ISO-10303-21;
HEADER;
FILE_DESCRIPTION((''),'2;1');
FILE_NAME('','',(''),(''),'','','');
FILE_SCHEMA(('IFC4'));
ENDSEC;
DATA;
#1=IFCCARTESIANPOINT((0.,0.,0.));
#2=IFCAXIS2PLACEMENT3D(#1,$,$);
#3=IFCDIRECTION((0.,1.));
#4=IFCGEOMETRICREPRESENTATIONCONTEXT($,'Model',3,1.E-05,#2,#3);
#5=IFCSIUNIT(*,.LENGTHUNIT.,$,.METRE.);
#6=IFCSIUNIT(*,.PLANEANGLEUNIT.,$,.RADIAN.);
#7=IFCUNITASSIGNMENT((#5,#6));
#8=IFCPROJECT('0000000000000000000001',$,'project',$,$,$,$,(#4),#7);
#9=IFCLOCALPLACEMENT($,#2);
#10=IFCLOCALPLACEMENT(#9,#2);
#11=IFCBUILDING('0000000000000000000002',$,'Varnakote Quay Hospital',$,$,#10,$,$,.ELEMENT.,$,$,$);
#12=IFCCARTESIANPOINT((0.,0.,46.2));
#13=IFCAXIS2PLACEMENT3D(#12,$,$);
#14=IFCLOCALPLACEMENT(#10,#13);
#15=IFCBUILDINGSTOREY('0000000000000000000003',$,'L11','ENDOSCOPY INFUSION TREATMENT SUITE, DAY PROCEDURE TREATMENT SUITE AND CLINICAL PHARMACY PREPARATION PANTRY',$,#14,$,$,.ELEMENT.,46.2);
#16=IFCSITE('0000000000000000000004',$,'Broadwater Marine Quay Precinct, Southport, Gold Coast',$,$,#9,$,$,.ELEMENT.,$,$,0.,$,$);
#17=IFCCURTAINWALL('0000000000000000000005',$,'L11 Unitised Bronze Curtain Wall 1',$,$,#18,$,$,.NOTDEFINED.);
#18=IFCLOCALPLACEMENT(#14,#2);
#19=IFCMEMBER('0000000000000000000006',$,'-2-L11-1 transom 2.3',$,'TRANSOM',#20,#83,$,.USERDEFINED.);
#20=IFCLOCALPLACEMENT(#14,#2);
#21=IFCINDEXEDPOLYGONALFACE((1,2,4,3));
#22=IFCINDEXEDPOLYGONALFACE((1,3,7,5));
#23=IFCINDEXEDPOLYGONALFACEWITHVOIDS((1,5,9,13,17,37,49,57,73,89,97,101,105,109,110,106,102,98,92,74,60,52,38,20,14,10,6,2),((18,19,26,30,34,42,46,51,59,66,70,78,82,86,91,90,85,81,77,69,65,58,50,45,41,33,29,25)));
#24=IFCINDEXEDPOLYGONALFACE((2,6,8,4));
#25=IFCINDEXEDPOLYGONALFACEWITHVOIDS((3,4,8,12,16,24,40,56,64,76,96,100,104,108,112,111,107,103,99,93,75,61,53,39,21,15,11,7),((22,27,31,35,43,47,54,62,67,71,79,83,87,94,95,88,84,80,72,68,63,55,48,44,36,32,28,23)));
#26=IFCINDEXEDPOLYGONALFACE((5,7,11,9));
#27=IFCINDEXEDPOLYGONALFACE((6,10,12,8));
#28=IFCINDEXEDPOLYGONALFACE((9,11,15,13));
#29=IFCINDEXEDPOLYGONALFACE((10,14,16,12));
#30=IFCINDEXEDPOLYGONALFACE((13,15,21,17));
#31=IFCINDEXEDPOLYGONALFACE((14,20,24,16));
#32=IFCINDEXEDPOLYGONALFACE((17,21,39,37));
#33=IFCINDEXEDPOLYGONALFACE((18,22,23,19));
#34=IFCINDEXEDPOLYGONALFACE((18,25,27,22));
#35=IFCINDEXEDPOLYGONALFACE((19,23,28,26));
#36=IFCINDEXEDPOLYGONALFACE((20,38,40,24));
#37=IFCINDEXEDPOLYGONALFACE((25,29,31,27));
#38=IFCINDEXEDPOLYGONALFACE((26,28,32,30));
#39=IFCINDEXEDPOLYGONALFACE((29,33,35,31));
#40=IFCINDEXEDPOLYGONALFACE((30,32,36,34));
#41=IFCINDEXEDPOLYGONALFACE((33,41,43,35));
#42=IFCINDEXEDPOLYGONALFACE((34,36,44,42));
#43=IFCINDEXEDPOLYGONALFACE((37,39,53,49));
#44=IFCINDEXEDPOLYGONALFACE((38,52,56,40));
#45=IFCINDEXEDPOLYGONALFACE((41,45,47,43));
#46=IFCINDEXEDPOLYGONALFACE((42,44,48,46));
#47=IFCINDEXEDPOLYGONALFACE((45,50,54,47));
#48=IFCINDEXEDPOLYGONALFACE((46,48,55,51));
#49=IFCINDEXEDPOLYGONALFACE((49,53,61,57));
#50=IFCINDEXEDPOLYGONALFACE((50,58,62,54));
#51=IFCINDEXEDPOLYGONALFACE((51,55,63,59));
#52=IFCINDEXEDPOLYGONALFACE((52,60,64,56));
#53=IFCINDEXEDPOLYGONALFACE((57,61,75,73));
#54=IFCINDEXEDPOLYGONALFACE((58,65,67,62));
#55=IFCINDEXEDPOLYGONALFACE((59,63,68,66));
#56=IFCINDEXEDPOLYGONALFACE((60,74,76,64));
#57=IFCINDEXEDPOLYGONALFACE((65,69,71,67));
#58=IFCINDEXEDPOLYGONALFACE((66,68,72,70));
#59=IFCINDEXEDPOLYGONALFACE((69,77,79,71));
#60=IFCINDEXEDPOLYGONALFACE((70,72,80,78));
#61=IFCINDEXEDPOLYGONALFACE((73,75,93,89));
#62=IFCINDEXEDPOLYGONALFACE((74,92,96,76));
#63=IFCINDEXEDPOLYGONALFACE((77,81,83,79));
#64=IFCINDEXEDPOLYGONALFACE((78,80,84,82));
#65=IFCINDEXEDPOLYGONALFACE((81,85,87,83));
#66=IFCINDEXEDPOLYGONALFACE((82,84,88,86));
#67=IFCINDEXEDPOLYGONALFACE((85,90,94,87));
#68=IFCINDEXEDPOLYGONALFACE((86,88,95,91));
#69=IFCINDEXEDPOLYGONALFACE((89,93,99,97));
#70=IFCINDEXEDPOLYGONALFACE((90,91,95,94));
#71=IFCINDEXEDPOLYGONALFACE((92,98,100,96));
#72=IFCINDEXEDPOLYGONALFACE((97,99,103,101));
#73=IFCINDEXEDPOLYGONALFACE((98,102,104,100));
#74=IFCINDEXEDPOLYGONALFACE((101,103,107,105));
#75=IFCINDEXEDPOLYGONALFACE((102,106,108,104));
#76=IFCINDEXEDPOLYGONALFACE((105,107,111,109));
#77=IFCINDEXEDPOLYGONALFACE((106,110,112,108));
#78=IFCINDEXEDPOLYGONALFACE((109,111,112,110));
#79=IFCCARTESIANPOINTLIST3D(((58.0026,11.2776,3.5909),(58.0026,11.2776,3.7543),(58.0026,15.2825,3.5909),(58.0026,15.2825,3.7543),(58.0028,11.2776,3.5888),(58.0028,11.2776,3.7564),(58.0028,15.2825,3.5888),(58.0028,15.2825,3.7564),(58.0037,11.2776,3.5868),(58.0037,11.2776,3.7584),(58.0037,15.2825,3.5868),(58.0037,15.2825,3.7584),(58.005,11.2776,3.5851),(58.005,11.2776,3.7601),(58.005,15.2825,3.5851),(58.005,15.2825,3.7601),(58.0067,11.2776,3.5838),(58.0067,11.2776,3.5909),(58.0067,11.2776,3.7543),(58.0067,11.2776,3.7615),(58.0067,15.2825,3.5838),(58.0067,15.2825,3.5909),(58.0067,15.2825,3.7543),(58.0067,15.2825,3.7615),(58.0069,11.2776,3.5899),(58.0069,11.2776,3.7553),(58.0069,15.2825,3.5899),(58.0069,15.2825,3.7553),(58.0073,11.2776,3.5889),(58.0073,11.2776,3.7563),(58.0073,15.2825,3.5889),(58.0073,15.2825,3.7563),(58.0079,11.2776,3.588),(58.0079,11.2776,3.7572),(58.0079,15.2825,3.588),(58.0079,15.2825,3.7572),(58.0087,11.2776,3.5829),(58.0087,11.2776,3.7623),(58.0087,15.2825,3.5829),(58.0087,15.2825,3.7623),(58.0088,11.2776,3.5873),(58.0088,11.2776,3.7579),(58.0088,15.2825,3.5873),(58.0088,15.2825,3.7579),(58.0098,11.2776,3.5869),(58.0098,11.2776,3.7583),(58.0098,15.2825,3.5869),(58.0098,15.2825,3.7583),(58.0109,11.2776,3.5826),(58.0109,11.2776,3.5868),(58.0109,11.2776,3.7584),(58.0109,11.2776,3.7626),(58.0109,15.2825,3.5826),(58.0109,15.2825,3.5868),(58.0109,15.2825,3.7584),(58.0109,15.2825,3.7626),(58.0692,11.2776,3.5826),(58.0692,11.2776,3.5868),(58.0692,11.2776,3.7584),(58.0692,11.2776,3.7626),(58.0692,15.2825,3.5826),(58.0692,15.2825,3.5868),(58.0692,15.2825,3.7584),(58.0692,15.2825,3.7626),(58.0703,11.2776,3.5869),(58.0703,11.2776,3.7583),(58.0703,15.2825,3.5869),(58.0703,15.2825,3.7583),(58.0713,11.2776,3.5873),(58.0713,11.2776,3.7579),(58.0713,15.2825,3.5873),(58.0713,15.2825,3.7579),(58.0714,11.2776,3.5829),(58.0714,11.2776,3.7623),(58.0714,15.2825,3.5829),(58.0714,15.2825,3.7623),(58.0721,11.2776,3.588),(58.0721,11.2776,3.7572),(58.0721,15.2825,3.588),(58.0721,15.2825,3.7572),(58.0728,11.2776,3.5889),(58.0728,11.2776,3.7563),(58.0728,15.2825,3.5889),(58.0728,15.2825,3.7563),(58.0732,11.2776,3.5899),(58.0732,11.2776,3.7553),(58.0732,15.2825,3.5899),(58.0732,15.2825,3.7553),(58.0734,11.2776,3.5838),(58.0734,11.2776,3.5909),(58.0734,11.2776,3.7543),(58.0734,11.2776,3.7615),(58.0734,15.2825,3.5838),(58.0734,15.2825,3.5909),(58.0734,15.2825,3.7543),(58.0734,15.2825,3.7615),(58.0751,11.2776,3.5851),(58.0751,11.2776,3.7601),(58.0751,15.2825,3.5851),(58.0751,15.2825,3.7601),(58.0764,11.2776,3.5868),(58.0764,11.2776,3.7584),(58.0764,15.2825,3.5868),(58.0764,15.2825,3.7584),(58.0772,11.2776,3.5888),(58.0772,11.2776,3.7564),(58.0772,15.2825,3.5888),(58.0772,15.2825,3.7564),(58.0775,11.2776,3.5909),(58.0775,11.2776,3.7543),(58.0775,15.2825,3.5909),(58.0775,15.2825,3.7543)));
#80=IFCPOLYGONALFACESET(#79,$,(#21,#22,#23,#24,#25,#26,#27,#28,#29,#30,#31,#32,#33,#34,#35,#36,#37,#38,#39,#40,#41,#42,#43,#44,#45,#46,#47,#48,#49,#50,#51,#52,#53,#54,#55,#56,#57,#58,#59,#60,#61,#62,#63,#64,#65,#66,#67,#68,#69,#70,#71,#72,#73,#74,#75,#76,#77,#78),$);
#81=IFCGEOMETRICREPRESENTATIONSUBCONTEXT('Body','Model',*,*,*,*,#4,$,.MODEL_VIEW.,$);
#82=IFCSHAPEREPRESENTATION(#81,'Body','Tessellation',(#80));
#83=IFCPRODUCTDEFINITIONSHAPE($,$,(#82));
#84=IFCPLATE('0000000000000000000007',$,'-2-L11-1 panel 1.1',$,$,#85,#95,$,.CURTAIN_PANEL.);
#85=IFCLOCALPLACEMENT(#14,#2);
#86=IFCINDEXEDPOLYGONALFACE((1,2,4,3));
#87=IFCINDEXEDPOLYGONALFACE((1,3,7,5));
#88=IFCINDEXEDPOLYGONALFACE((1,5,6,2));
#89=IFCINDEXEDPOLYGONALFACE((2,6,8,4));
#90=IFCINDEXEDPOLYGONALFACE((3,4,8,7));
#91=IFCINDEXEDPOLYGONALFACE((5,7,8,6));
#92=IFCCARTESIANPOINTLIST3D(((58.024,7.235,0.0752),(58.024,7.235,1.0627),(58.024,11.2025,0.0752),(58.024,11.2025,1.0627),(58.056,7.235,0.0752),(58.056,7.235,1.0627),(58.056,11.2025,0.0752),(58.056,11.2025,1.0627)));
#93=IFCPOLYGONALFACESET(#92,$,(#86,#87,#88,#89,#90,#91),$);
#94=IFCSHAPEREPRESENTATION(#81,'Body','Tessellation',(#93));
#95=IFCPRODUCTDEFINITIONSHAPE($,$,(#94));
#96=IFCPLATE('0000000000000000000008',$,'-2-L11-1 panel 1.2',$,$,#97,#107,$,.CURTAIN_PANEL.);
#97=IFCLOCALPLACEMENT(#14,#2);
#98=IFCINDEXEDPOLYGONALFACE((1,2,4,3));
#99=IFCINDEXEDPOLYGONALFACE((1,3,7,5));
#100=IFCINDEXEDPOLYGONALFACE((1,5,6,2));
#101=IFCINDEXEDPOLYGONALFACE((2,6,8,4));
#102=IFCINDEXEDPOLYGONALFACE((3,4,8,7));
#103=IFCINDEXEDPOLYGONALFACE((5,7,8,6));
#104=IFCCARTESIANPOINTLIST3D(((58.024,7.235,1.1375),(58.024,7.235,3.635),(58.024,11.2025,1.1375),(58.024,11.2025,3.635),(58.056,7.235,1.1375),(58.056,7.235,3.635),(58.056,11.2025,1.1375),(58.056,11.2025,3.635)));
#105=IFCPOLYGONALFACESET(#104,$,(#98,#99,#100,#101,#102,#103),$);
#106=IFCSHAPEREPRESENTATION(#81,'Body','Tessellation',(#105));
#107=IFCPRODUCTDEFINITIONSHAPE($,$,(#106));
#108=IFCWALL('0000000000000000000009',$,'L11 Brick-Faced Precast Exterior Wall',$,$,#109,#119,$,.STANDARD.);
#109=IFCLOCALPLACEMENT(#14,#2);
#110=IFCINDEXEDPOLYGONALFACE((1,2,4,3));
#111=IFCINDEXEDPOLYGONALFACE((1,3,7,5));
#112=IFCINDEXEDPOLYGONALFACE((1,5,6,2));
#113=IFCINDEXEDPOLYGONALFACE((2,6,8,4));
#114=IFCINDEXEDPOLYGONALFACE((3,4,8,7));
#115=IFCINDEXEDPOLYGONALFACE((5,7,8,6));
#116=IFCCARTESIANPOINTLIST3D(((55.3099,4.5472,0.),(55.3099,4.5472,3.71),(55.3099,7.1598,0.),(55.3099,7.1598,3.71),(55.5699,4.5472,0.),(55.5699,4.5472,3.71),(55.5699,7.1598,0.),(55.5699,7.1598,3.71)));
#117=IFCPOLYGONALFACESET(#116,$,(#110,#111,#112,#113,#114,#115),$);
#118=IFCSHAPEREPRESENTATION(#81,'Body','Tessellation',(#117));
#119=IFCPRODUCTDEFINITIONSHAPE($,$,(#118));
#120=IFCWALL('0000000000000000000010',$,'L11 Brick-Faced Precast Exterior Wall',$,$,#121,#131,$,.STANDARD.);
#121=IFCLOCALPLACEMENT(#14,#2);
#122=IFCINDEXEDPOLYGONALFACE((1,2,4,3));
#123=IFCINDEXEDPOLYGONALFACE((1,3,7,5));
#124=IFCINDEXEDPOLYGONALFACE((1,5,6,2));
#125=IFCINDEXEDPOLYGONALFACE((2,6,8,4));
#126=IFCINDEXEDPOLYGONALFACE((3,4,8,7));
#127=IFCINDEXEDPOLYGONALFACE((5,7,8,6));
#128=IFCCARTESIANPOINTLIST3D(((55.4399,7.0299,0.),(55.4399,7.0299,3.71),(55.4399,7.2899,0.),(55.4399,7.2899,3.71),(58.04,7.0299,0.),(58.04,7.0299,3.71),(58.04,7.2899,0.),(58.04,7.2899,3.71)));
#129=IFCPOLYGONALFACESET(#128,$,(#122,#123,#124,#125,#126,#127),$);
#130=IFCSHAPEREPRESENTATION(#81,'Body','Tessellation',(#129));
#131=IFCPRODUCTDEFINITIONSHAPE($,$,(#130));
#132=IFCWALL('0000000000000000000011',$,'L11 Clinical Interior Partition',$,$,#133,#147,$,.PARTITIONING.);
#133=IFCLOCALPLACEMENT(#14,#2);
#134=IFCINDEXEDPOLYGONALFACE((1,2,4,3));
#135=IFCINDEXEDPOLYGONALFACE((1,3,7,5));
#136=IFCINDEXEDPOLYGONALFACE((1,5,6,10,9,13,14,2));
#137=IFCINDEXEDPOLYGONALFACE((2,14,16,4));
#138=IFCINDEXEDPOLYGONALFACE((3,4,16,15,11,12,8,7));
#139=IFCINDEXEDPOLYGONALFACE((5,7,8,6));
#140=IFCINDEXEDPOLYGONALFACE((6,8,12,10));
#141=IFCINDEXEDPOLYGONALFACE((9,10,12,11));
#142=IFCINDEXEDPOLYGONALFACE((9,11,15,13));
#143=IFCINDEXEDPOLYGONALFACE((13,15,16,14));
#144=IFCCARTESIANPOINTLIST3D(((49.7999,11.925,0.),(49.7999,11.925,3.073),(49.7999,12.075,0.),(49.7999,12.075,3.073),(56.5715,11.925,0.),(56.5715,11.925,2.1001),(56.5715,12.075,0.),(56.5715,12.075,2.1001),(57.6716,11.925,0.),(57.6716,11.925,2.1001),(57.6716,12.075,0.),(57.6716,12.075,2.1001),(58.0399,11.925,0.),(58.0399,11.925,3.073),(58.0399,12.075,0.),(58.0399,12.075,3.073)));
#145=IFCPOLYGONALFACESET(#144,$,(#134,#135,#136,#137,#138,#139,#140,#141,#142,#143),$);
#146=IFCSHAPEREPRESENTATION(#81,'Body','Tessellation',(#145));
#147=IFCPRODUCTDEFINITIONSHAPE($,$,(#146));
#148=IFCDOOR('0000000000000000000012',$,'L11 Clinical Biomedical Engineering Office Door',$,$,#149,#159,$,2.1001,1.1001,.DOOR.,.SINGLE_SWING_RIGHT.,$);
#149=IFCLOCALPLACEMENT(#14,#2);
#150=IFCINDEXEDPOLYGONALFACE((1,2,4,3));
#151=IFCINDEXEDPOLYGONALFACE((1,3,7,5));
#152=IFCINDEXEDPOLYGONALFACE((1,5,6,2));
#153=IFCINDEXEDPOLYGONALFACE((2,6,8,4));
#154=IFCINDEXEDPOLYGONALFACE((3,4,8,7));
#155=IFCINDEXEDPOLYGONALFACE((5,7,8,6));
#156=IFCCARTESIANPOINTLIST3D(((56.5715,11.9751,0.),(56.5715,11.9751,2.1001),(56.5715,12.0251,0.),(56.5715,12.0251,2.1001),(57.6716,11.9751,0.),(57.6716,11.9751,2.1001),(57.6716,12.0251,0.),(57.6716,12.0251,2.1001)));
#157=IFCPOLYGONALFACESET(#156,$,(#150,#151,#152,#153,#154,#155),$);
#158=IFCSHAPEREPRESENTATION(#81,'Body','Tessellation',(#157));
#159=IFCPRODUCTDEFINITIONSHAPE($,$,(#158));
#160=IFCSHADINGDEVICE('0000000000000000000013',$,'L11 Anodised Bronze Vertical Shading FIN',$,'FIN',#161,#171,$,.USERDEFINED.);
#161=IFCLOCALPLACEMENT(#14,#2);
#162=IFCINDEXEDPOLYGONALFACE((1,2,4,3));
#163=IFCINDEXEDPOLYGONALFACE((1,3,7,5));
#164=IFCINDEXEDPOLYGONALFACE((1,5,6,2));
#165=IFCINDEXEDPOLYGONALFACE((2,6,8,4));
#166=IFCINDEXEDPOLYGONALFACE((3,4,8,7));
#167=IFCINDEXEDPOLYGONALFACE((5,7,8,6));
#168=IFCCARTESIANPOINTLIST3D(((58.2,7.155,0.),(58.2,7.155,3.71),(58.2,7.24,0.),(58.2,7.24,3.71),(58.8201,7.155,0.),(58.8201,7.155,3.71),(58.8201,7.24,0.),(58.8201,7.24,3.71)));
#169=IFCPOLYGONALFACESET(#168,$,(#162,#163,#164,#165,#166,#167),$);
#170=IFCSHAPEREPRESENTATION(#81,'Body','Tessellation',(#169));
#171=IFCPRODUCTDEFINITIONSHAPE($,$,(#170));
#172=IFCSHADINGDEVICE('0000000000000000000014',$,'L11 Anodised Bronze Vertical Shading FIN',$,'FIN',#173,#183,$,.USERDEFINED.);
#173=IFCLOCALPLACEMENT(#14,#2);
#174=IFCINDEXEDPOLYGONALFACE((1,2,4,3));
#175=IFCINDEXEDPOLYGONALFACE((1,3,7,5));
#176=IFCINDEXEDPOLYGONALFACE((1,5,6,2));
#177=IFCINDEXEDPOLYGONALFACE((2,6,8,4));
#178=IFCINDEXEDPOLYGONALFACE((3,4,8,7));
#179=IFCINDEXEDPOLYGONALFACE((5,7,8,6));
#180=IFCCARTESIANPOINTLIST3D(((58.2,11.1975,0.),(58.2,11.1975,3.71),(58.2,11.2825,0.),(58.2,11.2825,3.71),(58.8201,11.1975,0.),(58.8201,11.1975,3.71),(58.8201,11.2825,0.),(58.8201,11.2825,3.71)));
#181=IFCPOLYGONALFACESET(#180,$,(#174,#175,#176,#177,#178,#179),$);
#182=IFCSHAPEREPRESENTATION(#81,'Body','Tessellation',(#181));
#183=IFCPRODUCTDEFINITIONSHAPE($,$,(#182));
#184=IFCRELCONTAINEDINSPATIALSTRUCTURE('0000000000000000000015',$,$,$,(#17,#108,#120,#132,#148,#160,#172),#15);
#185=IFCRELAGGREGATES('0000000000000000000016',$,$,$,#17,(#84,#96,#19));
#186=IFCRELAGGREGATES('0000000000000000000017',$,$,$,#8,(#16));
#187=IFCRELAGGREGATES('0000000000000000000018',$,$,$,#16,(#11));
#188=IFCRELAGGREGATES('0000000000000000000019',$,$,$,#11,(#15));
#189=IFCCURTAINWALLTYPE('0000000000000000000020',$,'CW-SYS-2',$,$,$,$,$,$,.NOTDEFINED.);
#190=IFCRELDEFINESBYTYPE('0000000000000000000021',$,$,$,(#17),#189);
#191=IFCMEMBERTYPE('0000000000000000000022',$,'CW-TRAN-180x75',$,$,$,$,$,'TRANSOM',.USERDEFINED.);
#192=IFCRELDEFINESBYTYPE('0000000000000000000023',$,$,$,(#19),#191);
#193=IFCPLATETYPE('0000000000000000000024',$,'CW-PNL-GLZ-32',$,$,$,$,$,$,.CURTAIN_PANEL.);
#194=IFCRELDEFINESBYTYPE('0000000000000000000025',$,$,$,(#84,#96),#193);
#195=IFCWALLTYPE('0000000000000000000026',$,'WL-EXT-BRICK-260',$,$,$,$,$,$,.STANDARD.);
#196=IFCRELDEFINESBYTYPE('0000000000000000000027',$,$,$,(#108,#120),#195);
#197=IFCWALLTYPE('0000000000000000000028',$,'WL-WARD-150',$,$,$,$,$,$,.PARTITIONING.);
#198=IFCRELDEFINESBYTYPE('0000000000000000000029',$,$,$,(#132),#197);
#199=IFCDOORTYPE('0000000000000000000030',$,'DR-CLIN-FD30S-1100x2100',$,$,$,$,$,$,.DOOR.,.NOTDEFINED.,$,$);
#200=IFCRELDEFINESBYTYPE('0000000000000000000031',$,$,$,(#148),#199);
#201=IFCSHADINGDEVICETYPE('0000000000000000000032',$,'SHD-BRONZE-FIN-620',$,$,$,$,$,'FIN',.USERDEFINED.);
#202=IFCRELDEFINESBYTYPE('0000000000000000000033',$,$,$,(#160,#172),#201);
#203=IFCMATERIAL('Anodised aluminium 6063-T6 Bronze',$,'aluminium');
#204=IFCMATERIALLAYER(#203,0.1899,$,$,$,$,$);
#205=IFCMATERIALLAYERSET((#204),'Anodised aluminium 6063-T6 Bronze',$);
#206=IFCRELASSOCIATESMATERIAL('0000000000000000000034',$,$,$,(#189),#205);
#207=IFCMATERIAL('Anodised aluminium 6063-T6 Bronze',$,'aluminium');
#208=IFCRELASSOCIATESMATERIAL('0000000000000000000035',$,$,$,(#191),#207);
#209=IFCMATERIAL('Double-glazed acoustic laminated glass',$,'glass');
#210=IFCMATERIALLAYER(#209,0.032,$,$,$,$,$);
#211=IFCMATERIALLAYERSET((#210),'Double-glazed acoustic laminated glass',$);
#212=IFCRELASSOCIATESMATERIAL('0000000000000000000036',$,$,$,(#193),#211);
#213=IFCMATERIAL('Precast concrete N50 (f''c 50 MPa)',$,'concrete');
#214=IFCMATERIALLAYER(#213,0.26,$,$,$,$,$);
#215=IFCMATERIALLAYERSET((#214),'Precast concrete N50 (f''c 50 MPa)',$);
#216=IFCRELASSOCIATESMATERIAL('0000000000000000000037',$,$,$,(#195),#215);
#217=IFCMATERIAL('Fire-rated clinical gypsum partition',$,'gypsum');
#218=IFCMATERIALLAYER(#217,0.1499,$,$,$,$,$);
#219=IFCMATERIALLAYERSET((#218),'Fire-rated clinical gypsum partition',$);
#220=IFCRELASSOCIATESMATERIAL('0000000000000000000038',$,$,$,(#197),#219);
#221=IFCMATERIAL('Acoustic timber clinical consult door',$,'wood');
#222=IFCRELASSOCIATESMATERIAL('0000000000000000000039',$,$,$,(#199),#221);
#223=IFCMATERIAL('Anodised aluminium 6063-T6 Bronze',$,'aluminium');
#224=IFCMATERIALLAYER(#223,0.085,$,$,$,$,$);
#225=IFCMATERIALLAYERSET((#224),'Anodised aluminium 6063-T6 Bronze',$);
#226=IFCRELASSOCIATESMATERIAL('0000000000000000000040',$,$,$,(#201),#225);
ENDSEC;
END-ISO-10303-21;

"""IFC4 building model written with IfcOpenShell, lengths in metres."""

from ifc_helpers import new_model, si_unit, direction, frame, frame_2d, origin, origin_2d, place, context, subcontext, project, spatial, rectangle, hollow_rectangle, extrude, material, layer, layer_set, material_profile, profile_set, type_object, element, fill, aggregate, save


model = new_model("IFC4")

# Units and contexts
model_context = context("Model", 3, precision=1e-05, world=origin(), true_north=direction((0.0, 1.0)))
body_context = subcontext(model_context, "Body", "Model", "MODEL_VIEW")
ifc_project = project(units=[si_unit("LENGTHUNIT", "METRE"), si_unit("PLANEANGLEUNIT", "RADIAN")], contexts=[model_context])

# Site, building, storey
site_placement = place(None, origin())
site = spatial("IfcSite", under=ifc_project, at=site_placement, Name="Broadwater Marine Quay Precinct, Southport, Gold Coast", CompositionType="ELEMENT", RefElevation=0.0)
building_placement = place(site_placement, origin())
building = spatial("IfcBuilding", under=site, at=building_placement, Name="Varnakote Quay Hospital", CompositionType="ELEMENT")
storey_placement = place(building_placement, frame((0.0, 0.0, 46.2)))
storey = spatial("IfcBuildingStorey", under=building, at=storey_placement, Name="L11", Description="ENDOSCOPY INFUSION TREATMENT SUITE, DAY PROCEDURE TREATMENT SUITE AND CLINICAL PHARMACY PREPARATION PANTRY", CompositionType="ELEMENT", Elevation=46.2)

# Curtain wall, member, plates
ifc_material_1 = material(Name="Anodised aluminium 6063-T6 Bronze", Category="aluminium")
ifc_layer_1 = layer(ifc_material_1, 0.1899)
ifc_layer_set_1 = layer_set([ifc_layer_1], Name="Anodised aluminium 6063-T6 Bronze")
curtain_wall_type = type_object("IfcCurtainWallType", Name="CW-SYS-2", PredefinedType="NOTDEFINED", material=ifc_layer_set_1)
curtain_wall_placement = place(storey_placement, origin())
curtain_wall = element("IfcCurtainWall", 1, at=curtain_wall_placement, inside=storey, type_object=curtain_wall_type, Name="L11 Unitised Bronze Curtain Wall 1", PredefinedType="NOTDEFINED")
ifc_material_2 = material(Name="Anodised aluminium 6063-T6 Bronze", Category="aluminium")
ifc_material_profile_1 = material_profile(ifc_material_2, hollow_rectangle(XDim=0.075, YDim=0.1799, WallThickness=0.0042, InnerFilletRadius=0.0042, OuterFilletRadius=0.0083, at=origin_2d()), Name="CW-TRAN-180x75")
ifc_profile_set_1 = profile_set([ifc_material_profile_1], Name="Anodised aluminium 6063-T6 Bronze")
member_type_1 = type_object("IfcMemberType", Name="CW-TRAN-180x75", ElementType="TRANSOM", PredefinedType="USERDEFINED", material=ifc_profile_set_1)
member_1_placement = place(storey_placement, frame((58.04, 11.2776, 3.6726), z_axis=(0.0, 1.0, 0.0), x_axis=(-1.0, 0.0, 0.0)))
member_1 = element("IfcMember", 2, at=member_1_placement, type_object=member_type_1, Name="-2-L11-1 transom 2.3", ObjectType="TRANSOM", PredefinedType="USERDEFINED", context=body_context, shape_type="SweptSolid", body=[
    extrude(hollow_rectangle(XDim=0.075, YDim=0.1799, WallThickness=0.0042, InnerFilletRadius=0.0042, OuterFilletRadius=0.0083, at=origin_2d()), origin(), (0.0, 0.0, 1.0), 4.0049),
])
ifc_material_3 = material(Name="Double-glazed acoustic laminated glass", Category="glass")
ifc_layer_2 = layer(ifc_material_3, 0.032)
ifc_layer_set_2 = layer_set([ifc_layer_2], Name="Double-glazed acoustic laminated glass")
plate_type = type_object("IfcPlateType", Name="CW-PNL-GLZ-32", PredefinedType="CURTAIN_PANEL", material=ifc_layer_set_2)
plate_1_placement = place(storey_placement, frame((58.04, 9.2188, 0.0752), z_axis=(0.0, 0.0, 1.0), x_axis=(0.0, 1.0, 0.0)))
plate_1 = element("IfcPlate", 3, at=plate_1_placement, type_object=plate_type, Name="-2-L11-1 panel 1.1", PredefinedType="CURTAIN_PANEL", context=body_context, shape_type="SweptSolid", body=[
    extrude(rectangle(XDim=3.9675, YDim=0.032, at=origin_2d()), origin(), (0.0, 0.0, 1.0), 0.9875),
])
plate_2_placement = place(storey_placement, frame((58.04, 9.2188, 1.1375), z_axis=(0.0, 0.0, 1.0), x_axis=(0.0, 1.0, 0.0)))
plate_2 = element("IfcPlate", 4, at=plate_2_placement, type_object=plate_type, Name="-2-L11-1 panel 1.2", PredefinedType="CURTAIN_PANEL", context=body_context, shape_type="SweptSolid", body=[
    extrude(rectangle(XDim=3.9675, YDim=0.032, at=origin_2d()), origin(), (0.0, 0.0, 1.0), 2.4976),
])
aggregate(curtain_wall, [plate_1, plate_2, member_1])

# Walls
ifc_material_4 = material(Name="Precast concrete N50 (f'c 50 MPa)", Category="concrete")
ifc_layer_3 = layer(ifc_material_4, 0.26)
ifc_layer_set_3 = layer_set([ifc_layer_3], Name="Precast concrete N50 (f'c 50 MPa)")
wall_type_1 = type_object("IfcWallType", Name="WL-EXT-BRICK-260", PredefinedType="STANDARD", material=ifc_layer_set_3)
wall_1_placement = place(storey_placement, frame((55.4399, 4.5474, 0.0), z_axis=(0.0, 0.0, 1.0), x_axis=(0.0, 1.0, 0.0)))
element("IfcWall", 5, at=wall_1_placement, inside=storey, type_object=wall_type_1, Name="L11 Brick-Faced Precast Exterior Wall", PredefinedType="STANDARD", context=body_context, shape_type="SweptSolid", body=[
    extrude(rectangle(XDim=2.6125, YDim=0.26, at=frame_2d((1.3062, 0.0))), origin(), (0.0, 0.0, 1.0), 3.71),
])
wall_2_placement = place(storey_placement, frame((55.4399, 7.1599, 0.0), z_axis=(0.0, 0.0, 1.0), x_axis=(1.0, 0.0, 0.0)))
element("IfcWall", 6, at=wall_2_placement, inside=storey, type_object=wall_type_1, Name="L11 Brick-Faced Precast Exterior Wall", PredefinedType="STANDARD", context=body_context, shape_type="SweptSolid", body=[
    extrude(rectangle(XDim=2.6001, YDim=0.26, at=frame_2d((1.3, 0.0))), origin(), (0.0, 0.0, 1.0), 3.71),
])

# Wall, opening, door
ifc_material_5 = material(Name="Fire-rated clinical gypsum partition", Category="gypsum")
ifc_layer_4 = layer(ifc_material_5, 0.1499)
ifc_layer_set_4 = layer_set([ifc_layer_4], Name="Fire-rated clinical gypsum partition")
wall_type_2 = type_object("IfcWallType", Name="WL-WARD-150", PredefinedType="PARTITIONING", material=ifc_layer_set_4)
wall_3_placement = place(storey_placement, frame((58.04, 12.0, 0.0), z_axis=(0.0, 0.0, 1.0), x_axis=(-1.0, 0.0, 0.0)))
wall_3 = element("IfcWall", 7, at=wall_3_placement, inside=storey, type_object=wall_type_2, Name="L11 Clinical Interior Partition", PredefinedType="PARTITIONING", context=body_context, shape_type="SweptSolid", body=[
    extrude(rectangle(XDim=8.24, YDim=0.1499, at=frame_2d((4.1201, 0.0))), origin(), (0.0, 0.0, 1.0), 3.073),
])
opening_placement = place(wall_3_placement, frame((0.3684, 0.0, 0.0)))
opening = element("IfcOpeningElement", 8, at=opening_placement, cuts=wall_3, PredefinedType="OPENING", context=body_context, shape_type="SweptSolid", body=[
    extrude(rectangle(XDim=1.1001, YDim=2.1001, at=frame_2d((0.55, 1.05))), frame((0.0, 0.085, 0.0), z_axis=(0.0, -1.0, 0.0), x_axis=(1.0, 0.0, 0.0)), (0.0, 0.0, 1.0), 0.1699),
])
ifc_material_6 = material(Name="Acoustic timber clinical consult door", Category="wood")
door_type = type_object("IfcDoorType", Name="DR-CLIN-FD30S-1100x2100", OperationType="NOTDEFINED", PredefinedType="DOOR", material=ifc_material_6)
door_placement = place(opening_placement, origin())
door = element("IfcDoor", 9, at=door_placement, inside=storey, type_object=door_type, Name="L11 Clinical Biomedical Engineering Office Door", OperationType="SINGLE_SWING_RIGHT", OverallHeight=2.1001, OverallWidth=1.1001, PredefinedType="DOOR", context=body_context, shape_type="SweptSolid", body=[
    extrude(rectangle(XDim=1.1001, YDim=2.1001, at=frame_2d((0.55, 1.05))), frame((0.0, 0.0249, 0.0), z_axis=(0.0, -1.0, 0.0), x_axis=(1.0, 0.0, 0.0)), (0.0, 0.0, 1.0), 0.05),
])
fill(opening, door)

# Shading devices
ifc_material_7 = material(Name="Anodised aluminium 6063-T6 Bronze", Category="aluminium")
ifc_layer_5 = layer(ifc_material_7, 0.085)
ifc_layer_set_5 = layer_set([ifc_layer_5], Name="Anodised aluminium 6063-T6 Bronze")
shading_device_type = type_object("IfcShadingDeviceType", Name="SHD-BRONZE-FIN-620", ElementType="FIN", PredefinedType="USERDEFINED", material=ifc_layer_set_5)
for number, where, z_axis, x_axis, name in (
    (10, (58.51, 7.1975, 0.0), (0.0, 0.0, 1.0), (-1.0, 0.0, 0.0), "L11 Anodised Bronze Vertical Shading FIN"),
    (11, (58.51, 11.24, 0.0), (0.0, 0.0, 1.0), (-1.0, 0.0, 0.0), "L11 Anodised Bronze Vertical Shading FIN"),
):
    element("IfcShadingDevice", number, at=place(storey_placement, frame(where, z_axis=z_axis, x_axis=x_axis)), inside=storey, type_object=shading_device_type, Name=name, ObjectType="FIN", PredefinedType="USERDEFINED", context=body_context, shape_type="SweptSolid", body=[
        extrude(rectangle(XDim=0.6201, YDim=0.085, at=origin_2d()), origin(), (0.0, 0.0, 1.0), 3.71),
    ])

save(model, "model.ifc")
